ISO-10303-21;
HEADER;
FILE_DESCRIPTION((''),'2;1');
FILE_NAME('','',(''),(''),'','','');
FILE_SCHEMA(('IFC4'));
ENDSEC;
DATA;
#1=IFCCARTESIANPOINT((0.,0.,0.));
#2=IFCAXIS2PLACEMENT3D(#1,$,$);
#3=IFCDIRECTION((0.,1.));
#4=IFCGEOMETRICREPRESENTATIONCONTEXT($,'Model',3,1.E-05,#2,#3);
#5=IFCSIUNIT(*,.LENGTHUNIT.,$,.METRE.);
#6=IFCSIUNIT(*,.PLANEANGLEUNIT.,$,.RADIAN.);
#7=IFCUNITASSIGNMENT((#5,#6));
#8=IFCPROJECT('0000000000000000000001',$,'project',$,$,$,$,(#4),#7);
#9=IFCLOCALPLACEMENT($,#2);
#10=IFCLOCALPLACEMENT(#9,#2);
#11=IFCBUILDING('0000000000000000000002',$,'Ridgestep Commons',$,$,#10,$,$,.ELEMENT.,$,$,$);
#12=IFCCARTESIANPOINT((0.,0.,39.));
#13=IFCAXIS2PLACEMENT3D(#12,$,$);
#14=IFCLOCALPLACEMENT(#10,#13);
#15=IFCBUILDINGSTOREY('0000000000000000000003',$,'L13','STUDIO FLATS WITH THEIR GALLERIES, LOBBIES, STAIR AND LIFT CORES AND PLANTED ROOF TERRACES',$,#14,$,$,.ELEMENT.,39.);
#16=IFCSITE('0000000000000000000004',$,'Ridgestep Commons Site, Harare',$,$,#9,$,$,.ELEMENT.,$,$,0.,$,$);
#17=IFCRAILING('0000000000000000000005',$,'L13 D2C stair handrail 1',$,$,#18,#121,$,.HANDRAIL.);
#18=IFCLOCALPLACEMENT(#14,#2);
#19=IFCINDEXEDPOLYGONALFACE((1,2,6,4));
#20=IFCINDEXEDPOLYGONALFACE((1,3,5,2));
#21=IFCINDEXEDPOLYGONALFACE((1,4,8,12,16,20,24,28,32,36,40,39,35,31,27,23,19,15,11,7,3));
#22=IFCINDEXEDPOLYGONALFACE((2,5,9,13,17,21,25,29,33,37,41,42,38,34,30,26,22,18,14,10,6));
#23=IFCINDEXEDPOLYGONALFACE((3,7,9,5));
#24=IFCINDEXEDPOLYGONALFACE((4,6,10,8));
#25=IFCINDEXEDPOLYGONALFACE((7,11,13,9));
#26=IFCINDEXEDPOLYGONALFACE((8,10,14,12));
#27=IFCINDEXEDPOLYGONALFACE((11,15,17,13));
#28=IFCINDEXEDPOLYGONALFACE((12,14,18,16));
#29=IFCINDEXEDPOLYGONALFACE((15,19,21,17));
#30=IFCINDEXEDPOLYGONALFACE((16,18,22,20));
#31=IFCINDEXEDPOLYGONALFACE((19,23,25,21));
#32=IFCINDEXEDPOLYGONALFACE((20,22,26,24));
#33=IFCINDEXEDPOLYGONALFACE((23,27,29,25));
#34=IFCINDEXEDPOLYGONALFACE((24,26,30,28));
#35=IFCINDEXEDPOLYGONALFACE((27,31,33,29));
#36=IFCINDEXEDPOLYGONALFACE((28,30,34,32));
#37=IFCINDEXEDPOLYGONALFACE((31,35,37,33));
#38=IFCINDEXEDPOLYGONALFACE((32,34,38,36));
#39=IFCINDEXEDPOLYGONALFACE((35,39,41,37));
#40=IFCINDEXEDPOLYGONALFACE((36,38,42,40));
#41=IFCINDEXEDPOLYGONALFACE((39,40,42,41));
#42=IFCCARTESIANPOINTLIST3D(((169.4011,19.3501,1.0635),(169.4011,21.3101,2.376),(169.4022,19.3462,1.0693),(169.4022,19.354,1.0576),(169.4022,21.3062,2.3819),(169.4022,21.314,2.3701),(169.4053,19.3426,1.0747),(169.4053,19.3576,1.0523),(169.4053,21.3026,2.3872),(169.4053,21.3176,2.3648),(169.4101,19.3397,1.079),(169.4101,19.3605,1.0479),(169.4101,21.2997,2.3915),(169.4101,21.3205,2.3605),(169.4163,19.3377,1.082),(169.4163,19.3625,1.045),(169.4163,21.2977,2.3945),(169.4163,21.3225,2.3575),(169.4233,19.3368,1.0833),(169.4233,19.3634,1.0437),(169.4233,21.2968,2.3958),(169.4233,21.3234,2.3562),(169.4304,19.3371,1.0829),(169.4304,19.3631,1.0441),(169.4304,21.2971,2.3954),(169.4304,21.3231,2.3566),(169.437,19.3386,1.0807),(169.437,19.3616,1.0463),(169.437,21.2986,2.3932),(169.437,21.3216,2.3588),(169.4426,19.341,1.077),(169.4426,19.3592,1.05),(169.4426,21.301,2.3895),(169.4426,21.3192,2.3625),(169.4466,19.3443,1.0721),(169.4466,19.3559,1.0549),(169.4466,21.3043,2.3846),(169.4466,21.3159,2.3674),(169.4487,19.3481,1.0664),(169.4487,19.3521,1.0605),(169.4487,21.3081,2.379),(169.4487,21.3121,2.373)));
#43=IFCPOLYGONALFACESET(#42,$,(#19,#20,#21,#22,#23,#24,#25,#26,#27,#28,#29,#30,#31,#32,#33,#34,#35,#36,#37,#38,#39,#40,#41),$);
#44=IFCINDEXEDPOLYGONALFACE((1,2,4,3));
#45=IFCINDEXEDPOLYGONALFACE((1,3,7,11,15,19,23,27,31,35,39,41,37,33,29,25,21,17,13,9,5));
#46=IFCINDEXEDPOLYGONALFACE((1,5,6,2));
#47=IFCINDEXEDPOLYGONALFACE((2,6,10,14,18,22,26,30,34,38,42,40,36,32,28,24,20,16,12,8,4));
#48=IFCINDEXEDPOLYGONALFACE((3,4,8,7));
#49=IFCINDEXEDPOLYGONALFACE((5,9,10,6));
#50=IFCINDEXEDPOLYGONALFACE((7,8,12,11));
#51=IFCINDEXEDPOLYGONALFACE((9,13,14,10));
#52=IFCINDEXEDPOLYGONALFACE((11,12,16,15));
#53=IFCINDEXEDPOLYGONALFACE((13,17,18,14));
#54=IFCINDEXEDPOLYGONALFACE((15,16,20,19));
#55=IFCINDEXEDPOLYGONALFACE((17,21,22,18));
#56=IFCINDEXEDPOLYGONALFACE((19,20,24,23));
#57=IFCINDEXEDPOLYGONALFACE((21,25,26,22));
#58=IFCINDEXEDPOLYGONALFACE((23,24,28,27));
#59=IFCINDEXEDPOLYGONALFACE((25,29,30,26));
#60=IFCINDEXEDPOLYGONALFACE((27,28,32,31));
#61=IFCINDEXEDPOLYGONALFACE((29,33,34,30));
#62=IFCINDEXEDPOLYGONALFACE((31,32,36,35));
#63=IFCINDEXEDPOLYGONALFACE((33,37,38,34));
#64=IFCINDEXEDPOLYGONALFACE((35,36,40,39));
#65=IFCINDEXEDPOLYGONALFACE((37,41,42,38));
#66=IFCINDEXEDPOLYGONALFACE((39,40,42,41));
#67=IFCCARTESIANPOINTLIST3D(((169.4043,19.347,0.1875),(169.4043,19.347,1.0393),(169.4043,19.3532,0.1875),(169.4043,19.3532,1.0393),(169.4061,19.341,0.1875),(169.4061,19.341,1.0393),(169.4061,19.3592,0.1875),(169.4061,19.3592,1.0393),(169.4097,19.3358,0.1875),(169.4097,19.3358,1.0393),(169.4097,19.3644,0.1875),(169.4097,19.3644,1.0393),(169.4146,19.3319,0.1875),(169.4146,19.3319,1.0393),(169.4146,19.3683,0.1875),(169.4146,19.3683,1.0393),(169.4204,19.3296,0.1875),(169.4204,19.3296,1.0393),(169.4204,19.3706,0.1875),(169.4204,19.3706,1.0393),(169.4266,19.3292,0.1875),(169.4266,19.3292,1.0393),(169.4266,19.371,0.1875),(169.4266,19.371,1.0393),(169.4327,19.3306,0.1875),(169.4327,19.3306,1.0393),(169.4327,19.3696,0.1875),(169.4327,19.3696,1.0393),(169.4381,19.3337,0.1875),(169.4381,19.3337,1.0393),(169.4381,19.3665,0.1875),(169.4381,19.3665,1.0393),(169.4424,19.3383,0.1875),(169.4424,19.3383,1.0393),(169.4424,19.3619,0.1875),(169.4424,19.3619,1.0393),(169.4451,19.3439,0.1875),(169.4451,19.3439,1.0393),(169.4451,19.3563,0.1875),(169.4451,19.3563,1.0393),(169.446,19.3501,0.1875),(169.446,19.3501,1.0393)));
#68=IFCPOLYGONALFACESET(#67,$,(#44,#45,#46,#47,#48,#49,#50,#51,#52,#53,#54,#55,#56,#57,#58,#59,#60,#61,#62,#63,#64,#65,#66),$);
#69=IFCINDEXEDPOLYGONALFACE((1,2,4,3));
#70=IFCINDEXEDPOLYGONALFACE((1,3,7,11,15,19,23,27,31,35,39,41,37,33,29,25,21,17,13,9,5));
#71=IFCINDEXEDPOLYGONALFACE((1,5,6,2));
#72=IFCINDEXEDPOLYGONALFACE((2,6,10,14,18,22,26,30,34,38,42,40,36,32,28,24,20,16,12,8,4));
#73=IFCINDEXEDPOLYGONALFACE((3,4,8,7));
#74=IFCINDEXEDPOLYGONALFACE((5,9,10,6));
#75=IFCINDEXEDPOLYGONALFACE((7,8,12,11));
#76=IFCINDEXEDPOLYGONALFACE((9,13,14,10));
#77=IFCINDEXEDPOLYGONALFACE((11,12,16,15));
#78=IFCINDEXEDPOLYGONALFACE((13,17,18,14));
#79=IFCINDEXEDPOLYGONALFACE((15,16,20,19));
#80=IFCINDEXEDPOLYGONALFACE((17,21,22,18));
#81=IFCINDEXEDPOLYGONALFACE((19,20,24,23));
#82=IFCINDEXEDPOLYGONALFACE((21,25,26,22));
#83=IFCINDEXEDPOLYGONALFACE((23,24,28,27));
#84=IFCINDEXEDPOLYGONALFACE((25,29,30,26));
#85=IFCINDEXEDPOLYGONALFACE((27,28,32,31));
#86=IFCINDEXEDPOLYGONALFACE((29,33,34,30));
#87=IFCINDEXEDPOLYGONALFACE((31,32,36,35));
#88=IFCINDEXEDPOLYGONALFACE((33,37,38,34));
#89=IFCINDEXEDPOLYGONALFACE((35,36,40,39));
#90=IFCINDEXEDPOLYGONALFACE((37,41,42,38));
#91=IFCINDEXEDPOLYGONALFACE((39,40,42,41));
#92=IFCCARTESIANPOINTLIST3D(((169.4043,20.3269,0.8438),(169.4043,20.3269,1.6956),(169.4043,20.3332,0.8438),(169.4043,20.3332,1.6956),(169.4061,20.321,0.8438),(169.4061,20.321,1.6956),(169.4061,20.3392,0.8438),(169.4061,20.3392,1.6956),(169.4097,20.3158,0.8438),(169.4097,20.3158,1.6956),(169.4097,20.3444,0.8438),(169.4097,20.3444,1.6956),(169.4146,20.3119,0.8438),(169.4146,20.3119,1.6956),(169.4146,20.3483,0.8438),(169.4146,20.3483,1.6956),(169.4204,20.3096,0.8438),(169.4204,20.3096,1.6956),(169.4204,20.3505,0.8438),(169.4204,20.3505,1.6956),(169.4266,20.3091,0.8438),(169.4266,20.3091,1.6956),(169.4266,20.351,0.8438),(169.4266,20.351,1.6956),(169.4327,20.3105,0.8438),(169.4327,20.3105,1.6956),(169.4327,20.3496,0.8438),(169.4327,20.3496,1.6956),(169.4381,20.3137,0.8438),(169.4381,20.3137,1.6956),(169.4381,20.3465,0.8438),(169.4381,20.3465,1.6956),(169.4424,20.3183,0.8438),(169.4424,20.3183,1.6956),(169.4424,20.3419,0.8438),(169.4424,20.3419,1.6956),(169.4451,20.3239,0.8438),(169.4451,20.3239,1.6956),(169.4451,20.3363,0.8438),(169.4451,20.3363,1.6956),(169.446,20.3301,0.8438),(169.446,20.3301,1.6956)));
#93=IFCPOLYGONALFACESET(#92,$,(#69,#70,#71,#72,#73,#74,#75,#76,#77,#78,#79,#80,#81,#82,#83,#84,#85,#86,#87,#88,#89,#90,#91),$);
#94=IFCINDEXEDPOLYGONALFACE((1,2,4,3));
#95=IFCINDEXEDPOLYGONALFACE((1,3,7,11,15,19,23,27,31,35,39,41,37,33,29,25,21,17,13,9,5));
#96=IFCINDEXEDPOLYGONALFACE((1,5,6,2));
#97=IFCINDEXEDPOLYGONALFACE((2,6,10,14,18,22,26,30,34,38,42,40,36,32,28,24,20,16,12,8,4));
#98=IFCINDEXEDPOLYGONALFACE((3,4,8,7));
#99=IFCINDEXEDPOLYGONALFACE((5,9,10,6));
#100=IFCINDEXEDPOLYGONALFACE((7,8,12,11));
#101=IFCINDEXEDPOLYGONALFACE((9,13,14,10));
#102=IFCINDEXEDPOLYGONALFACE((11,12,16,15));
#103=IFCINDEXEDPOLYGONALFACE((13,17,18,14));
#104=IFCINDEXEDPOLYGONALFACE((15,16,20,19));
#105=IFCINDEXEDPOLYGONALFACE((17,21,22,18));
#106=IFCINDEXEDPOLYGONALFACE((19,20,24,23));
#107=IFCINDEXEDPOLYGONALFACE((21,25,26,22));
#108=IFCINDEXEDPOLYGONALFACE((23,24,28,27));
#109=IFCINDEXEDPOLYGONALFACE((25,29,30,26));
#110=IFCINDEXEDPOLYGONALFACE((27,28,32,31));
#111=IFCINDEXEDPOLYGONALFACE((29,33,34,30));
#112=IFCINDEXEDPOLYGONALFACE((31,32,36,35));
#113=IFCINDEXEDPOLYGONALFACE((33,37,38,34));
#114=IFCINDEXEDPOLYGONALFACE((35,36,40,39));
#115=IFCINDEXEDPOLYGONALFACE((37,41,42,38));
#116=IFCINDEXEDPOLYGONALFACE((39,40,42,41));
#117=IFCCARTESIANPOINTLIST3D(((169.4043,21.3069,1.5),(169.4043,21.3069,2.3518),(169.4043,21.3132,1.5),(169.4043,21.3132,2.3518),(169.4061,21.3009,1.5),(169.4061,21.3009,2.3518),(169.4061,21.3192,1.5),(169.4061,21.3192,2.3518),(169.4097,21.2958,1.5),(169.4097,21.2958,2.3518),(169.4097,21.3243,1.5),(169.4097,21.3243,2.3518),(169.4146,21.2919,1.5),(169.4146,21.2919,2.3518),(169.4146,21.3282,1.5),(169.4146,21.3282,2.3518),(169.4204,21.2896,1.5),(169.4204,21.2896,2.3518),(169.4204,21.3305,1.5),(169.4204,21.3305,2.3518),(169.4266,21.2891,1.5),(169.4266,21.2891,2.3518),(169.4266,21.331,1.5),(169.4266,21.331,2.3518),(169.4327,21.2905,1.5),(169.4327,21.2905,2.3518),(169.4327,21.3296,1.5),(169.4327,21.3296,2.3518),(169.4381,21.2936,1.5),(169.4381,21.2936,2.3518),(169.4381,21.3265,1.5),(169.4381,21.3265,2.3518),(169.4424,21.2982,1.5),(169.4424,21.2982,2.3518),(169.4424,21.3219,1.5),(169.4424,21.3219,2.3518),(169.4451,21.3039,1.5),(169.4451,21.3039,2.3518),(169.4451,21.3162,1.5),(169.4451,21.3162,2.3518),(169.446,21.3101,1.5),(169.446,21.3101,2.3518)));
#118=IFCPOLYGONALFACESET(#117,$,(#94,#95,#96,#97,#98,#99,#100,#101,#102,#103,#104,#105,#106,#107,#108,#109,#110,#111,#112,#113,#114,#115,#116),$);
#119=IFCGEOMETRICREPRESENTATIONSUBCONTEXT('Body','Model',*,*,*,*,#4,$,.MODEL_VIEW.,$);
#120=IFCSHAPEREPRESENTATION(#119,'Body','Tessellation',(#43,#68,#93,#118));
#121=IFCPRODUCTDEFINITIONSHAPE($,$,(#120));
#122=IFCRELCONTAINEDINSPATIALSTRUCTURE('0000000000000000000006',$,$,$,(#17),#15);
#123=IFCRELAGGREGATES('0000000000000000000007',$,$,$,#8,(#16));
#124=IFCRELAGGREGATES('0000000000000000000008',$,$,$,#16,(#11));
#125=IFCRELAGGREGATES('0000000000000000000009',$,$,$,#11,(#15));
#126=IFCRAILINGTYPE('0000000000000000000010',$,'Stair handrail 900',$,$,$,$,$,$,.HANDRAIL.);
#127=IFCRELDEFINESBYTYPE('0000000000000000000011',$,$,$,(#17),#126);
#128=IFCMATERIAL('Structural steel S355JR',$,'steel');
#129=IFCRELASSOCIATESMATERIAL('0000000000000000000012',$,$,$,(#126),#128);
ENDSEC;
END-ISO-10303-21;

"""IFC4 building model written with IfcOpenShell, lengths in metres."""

from ifc_helpers import new_model, si_unit, direction, frame, origin, origin_2d, place, context, subcontext, project, spatial, circle, extrude, material, type_object, element, save


model = new_model("IFC4")

# Units and contexts
model_context = context("Model", 3, precision=1e-05, world=origin(), true_north=direction((0.0, 1.0)))
body_context = subcontext(model_context, "Body", "Model", "MODEL_VIEW")
ifc_project = project(units=[si_unit("LENGTHUNIT", "METRE"), si_unit("PLANEANGLEUNIT", "RADIAN")], contexts=[model_context])

# Site, building, storey
site_placement = place(None, origin())
site = spatial("IfcSite", under=ifc_project, at=site_placement, Name="Ridgestep Commons Site, Harare", CompositionType="ELEMENT", RefElevation=0.0)
building_placement = place(site_placement, origin())
building = spatial("IfcBuilding", under=site, at=building_placement, Name="Ridgestep Commons", CompositionType="ELEMENT")
storey_placement = place(building_placement, frame((0.0, 0.0, 39.0)))
storey = spatial("IfcBuildingStorey", under=building, at=storey_placement, Name="L13", Description="STUDIO FLATS WITH THEIR GALLERIES, LOBBIES, STAIR AND LIFT CORES AND PLANTED ROOF TERRACES", CompositionType="ELEMENT", Elevation=39.0)

# Railing
ifc_material_1 = material(Name="Structural steel S355JR", Category="steel")
railing_type_1 = type_object("IfcRailingType", Name="Stair handrail 900", PredefinedType="HANDRAIL", material=ifc_material_1)
railing_1_placement = place(storey_placement, frame((169.425, 19.3501, 0.1875)))
element("IfcRailing", 1, at=railing_1_placement, inside=storey, type_object=railing_type_1, Name="L13 D2C stair handrail 1", PredefinedType="HANDRAIL", context=body_context, shape_type="SweptSolid", body=[
    extrude(circle(Radius=0.0239, at=origin_2d()), frame((0.0, 0.0, 0.876), z_axis=(0.0, 0.830902, 0.556419), x_axis=(-1.0, 0.0, 0.0)), (0.0, 0.0, 1.0), 2.3589),
    extrude(circle(Radius=0.021, at=origin_2d()), origin(), (0.0, 0.0, 1.0), 0.8518),
    extrude(circle(Radius=0.021, at=origin_2d()), frame((0.0, 0.98, 0.6562)), (0.0, 0.0, 1.0), 0.8518),
    extrude(circle(Radius=0.021, at=origin_2d()), frame((0.0, 1.96, 1.3125)), (0.0, 0.0, 1.0), 0.8518),
])

save(model, "model.ifc")
